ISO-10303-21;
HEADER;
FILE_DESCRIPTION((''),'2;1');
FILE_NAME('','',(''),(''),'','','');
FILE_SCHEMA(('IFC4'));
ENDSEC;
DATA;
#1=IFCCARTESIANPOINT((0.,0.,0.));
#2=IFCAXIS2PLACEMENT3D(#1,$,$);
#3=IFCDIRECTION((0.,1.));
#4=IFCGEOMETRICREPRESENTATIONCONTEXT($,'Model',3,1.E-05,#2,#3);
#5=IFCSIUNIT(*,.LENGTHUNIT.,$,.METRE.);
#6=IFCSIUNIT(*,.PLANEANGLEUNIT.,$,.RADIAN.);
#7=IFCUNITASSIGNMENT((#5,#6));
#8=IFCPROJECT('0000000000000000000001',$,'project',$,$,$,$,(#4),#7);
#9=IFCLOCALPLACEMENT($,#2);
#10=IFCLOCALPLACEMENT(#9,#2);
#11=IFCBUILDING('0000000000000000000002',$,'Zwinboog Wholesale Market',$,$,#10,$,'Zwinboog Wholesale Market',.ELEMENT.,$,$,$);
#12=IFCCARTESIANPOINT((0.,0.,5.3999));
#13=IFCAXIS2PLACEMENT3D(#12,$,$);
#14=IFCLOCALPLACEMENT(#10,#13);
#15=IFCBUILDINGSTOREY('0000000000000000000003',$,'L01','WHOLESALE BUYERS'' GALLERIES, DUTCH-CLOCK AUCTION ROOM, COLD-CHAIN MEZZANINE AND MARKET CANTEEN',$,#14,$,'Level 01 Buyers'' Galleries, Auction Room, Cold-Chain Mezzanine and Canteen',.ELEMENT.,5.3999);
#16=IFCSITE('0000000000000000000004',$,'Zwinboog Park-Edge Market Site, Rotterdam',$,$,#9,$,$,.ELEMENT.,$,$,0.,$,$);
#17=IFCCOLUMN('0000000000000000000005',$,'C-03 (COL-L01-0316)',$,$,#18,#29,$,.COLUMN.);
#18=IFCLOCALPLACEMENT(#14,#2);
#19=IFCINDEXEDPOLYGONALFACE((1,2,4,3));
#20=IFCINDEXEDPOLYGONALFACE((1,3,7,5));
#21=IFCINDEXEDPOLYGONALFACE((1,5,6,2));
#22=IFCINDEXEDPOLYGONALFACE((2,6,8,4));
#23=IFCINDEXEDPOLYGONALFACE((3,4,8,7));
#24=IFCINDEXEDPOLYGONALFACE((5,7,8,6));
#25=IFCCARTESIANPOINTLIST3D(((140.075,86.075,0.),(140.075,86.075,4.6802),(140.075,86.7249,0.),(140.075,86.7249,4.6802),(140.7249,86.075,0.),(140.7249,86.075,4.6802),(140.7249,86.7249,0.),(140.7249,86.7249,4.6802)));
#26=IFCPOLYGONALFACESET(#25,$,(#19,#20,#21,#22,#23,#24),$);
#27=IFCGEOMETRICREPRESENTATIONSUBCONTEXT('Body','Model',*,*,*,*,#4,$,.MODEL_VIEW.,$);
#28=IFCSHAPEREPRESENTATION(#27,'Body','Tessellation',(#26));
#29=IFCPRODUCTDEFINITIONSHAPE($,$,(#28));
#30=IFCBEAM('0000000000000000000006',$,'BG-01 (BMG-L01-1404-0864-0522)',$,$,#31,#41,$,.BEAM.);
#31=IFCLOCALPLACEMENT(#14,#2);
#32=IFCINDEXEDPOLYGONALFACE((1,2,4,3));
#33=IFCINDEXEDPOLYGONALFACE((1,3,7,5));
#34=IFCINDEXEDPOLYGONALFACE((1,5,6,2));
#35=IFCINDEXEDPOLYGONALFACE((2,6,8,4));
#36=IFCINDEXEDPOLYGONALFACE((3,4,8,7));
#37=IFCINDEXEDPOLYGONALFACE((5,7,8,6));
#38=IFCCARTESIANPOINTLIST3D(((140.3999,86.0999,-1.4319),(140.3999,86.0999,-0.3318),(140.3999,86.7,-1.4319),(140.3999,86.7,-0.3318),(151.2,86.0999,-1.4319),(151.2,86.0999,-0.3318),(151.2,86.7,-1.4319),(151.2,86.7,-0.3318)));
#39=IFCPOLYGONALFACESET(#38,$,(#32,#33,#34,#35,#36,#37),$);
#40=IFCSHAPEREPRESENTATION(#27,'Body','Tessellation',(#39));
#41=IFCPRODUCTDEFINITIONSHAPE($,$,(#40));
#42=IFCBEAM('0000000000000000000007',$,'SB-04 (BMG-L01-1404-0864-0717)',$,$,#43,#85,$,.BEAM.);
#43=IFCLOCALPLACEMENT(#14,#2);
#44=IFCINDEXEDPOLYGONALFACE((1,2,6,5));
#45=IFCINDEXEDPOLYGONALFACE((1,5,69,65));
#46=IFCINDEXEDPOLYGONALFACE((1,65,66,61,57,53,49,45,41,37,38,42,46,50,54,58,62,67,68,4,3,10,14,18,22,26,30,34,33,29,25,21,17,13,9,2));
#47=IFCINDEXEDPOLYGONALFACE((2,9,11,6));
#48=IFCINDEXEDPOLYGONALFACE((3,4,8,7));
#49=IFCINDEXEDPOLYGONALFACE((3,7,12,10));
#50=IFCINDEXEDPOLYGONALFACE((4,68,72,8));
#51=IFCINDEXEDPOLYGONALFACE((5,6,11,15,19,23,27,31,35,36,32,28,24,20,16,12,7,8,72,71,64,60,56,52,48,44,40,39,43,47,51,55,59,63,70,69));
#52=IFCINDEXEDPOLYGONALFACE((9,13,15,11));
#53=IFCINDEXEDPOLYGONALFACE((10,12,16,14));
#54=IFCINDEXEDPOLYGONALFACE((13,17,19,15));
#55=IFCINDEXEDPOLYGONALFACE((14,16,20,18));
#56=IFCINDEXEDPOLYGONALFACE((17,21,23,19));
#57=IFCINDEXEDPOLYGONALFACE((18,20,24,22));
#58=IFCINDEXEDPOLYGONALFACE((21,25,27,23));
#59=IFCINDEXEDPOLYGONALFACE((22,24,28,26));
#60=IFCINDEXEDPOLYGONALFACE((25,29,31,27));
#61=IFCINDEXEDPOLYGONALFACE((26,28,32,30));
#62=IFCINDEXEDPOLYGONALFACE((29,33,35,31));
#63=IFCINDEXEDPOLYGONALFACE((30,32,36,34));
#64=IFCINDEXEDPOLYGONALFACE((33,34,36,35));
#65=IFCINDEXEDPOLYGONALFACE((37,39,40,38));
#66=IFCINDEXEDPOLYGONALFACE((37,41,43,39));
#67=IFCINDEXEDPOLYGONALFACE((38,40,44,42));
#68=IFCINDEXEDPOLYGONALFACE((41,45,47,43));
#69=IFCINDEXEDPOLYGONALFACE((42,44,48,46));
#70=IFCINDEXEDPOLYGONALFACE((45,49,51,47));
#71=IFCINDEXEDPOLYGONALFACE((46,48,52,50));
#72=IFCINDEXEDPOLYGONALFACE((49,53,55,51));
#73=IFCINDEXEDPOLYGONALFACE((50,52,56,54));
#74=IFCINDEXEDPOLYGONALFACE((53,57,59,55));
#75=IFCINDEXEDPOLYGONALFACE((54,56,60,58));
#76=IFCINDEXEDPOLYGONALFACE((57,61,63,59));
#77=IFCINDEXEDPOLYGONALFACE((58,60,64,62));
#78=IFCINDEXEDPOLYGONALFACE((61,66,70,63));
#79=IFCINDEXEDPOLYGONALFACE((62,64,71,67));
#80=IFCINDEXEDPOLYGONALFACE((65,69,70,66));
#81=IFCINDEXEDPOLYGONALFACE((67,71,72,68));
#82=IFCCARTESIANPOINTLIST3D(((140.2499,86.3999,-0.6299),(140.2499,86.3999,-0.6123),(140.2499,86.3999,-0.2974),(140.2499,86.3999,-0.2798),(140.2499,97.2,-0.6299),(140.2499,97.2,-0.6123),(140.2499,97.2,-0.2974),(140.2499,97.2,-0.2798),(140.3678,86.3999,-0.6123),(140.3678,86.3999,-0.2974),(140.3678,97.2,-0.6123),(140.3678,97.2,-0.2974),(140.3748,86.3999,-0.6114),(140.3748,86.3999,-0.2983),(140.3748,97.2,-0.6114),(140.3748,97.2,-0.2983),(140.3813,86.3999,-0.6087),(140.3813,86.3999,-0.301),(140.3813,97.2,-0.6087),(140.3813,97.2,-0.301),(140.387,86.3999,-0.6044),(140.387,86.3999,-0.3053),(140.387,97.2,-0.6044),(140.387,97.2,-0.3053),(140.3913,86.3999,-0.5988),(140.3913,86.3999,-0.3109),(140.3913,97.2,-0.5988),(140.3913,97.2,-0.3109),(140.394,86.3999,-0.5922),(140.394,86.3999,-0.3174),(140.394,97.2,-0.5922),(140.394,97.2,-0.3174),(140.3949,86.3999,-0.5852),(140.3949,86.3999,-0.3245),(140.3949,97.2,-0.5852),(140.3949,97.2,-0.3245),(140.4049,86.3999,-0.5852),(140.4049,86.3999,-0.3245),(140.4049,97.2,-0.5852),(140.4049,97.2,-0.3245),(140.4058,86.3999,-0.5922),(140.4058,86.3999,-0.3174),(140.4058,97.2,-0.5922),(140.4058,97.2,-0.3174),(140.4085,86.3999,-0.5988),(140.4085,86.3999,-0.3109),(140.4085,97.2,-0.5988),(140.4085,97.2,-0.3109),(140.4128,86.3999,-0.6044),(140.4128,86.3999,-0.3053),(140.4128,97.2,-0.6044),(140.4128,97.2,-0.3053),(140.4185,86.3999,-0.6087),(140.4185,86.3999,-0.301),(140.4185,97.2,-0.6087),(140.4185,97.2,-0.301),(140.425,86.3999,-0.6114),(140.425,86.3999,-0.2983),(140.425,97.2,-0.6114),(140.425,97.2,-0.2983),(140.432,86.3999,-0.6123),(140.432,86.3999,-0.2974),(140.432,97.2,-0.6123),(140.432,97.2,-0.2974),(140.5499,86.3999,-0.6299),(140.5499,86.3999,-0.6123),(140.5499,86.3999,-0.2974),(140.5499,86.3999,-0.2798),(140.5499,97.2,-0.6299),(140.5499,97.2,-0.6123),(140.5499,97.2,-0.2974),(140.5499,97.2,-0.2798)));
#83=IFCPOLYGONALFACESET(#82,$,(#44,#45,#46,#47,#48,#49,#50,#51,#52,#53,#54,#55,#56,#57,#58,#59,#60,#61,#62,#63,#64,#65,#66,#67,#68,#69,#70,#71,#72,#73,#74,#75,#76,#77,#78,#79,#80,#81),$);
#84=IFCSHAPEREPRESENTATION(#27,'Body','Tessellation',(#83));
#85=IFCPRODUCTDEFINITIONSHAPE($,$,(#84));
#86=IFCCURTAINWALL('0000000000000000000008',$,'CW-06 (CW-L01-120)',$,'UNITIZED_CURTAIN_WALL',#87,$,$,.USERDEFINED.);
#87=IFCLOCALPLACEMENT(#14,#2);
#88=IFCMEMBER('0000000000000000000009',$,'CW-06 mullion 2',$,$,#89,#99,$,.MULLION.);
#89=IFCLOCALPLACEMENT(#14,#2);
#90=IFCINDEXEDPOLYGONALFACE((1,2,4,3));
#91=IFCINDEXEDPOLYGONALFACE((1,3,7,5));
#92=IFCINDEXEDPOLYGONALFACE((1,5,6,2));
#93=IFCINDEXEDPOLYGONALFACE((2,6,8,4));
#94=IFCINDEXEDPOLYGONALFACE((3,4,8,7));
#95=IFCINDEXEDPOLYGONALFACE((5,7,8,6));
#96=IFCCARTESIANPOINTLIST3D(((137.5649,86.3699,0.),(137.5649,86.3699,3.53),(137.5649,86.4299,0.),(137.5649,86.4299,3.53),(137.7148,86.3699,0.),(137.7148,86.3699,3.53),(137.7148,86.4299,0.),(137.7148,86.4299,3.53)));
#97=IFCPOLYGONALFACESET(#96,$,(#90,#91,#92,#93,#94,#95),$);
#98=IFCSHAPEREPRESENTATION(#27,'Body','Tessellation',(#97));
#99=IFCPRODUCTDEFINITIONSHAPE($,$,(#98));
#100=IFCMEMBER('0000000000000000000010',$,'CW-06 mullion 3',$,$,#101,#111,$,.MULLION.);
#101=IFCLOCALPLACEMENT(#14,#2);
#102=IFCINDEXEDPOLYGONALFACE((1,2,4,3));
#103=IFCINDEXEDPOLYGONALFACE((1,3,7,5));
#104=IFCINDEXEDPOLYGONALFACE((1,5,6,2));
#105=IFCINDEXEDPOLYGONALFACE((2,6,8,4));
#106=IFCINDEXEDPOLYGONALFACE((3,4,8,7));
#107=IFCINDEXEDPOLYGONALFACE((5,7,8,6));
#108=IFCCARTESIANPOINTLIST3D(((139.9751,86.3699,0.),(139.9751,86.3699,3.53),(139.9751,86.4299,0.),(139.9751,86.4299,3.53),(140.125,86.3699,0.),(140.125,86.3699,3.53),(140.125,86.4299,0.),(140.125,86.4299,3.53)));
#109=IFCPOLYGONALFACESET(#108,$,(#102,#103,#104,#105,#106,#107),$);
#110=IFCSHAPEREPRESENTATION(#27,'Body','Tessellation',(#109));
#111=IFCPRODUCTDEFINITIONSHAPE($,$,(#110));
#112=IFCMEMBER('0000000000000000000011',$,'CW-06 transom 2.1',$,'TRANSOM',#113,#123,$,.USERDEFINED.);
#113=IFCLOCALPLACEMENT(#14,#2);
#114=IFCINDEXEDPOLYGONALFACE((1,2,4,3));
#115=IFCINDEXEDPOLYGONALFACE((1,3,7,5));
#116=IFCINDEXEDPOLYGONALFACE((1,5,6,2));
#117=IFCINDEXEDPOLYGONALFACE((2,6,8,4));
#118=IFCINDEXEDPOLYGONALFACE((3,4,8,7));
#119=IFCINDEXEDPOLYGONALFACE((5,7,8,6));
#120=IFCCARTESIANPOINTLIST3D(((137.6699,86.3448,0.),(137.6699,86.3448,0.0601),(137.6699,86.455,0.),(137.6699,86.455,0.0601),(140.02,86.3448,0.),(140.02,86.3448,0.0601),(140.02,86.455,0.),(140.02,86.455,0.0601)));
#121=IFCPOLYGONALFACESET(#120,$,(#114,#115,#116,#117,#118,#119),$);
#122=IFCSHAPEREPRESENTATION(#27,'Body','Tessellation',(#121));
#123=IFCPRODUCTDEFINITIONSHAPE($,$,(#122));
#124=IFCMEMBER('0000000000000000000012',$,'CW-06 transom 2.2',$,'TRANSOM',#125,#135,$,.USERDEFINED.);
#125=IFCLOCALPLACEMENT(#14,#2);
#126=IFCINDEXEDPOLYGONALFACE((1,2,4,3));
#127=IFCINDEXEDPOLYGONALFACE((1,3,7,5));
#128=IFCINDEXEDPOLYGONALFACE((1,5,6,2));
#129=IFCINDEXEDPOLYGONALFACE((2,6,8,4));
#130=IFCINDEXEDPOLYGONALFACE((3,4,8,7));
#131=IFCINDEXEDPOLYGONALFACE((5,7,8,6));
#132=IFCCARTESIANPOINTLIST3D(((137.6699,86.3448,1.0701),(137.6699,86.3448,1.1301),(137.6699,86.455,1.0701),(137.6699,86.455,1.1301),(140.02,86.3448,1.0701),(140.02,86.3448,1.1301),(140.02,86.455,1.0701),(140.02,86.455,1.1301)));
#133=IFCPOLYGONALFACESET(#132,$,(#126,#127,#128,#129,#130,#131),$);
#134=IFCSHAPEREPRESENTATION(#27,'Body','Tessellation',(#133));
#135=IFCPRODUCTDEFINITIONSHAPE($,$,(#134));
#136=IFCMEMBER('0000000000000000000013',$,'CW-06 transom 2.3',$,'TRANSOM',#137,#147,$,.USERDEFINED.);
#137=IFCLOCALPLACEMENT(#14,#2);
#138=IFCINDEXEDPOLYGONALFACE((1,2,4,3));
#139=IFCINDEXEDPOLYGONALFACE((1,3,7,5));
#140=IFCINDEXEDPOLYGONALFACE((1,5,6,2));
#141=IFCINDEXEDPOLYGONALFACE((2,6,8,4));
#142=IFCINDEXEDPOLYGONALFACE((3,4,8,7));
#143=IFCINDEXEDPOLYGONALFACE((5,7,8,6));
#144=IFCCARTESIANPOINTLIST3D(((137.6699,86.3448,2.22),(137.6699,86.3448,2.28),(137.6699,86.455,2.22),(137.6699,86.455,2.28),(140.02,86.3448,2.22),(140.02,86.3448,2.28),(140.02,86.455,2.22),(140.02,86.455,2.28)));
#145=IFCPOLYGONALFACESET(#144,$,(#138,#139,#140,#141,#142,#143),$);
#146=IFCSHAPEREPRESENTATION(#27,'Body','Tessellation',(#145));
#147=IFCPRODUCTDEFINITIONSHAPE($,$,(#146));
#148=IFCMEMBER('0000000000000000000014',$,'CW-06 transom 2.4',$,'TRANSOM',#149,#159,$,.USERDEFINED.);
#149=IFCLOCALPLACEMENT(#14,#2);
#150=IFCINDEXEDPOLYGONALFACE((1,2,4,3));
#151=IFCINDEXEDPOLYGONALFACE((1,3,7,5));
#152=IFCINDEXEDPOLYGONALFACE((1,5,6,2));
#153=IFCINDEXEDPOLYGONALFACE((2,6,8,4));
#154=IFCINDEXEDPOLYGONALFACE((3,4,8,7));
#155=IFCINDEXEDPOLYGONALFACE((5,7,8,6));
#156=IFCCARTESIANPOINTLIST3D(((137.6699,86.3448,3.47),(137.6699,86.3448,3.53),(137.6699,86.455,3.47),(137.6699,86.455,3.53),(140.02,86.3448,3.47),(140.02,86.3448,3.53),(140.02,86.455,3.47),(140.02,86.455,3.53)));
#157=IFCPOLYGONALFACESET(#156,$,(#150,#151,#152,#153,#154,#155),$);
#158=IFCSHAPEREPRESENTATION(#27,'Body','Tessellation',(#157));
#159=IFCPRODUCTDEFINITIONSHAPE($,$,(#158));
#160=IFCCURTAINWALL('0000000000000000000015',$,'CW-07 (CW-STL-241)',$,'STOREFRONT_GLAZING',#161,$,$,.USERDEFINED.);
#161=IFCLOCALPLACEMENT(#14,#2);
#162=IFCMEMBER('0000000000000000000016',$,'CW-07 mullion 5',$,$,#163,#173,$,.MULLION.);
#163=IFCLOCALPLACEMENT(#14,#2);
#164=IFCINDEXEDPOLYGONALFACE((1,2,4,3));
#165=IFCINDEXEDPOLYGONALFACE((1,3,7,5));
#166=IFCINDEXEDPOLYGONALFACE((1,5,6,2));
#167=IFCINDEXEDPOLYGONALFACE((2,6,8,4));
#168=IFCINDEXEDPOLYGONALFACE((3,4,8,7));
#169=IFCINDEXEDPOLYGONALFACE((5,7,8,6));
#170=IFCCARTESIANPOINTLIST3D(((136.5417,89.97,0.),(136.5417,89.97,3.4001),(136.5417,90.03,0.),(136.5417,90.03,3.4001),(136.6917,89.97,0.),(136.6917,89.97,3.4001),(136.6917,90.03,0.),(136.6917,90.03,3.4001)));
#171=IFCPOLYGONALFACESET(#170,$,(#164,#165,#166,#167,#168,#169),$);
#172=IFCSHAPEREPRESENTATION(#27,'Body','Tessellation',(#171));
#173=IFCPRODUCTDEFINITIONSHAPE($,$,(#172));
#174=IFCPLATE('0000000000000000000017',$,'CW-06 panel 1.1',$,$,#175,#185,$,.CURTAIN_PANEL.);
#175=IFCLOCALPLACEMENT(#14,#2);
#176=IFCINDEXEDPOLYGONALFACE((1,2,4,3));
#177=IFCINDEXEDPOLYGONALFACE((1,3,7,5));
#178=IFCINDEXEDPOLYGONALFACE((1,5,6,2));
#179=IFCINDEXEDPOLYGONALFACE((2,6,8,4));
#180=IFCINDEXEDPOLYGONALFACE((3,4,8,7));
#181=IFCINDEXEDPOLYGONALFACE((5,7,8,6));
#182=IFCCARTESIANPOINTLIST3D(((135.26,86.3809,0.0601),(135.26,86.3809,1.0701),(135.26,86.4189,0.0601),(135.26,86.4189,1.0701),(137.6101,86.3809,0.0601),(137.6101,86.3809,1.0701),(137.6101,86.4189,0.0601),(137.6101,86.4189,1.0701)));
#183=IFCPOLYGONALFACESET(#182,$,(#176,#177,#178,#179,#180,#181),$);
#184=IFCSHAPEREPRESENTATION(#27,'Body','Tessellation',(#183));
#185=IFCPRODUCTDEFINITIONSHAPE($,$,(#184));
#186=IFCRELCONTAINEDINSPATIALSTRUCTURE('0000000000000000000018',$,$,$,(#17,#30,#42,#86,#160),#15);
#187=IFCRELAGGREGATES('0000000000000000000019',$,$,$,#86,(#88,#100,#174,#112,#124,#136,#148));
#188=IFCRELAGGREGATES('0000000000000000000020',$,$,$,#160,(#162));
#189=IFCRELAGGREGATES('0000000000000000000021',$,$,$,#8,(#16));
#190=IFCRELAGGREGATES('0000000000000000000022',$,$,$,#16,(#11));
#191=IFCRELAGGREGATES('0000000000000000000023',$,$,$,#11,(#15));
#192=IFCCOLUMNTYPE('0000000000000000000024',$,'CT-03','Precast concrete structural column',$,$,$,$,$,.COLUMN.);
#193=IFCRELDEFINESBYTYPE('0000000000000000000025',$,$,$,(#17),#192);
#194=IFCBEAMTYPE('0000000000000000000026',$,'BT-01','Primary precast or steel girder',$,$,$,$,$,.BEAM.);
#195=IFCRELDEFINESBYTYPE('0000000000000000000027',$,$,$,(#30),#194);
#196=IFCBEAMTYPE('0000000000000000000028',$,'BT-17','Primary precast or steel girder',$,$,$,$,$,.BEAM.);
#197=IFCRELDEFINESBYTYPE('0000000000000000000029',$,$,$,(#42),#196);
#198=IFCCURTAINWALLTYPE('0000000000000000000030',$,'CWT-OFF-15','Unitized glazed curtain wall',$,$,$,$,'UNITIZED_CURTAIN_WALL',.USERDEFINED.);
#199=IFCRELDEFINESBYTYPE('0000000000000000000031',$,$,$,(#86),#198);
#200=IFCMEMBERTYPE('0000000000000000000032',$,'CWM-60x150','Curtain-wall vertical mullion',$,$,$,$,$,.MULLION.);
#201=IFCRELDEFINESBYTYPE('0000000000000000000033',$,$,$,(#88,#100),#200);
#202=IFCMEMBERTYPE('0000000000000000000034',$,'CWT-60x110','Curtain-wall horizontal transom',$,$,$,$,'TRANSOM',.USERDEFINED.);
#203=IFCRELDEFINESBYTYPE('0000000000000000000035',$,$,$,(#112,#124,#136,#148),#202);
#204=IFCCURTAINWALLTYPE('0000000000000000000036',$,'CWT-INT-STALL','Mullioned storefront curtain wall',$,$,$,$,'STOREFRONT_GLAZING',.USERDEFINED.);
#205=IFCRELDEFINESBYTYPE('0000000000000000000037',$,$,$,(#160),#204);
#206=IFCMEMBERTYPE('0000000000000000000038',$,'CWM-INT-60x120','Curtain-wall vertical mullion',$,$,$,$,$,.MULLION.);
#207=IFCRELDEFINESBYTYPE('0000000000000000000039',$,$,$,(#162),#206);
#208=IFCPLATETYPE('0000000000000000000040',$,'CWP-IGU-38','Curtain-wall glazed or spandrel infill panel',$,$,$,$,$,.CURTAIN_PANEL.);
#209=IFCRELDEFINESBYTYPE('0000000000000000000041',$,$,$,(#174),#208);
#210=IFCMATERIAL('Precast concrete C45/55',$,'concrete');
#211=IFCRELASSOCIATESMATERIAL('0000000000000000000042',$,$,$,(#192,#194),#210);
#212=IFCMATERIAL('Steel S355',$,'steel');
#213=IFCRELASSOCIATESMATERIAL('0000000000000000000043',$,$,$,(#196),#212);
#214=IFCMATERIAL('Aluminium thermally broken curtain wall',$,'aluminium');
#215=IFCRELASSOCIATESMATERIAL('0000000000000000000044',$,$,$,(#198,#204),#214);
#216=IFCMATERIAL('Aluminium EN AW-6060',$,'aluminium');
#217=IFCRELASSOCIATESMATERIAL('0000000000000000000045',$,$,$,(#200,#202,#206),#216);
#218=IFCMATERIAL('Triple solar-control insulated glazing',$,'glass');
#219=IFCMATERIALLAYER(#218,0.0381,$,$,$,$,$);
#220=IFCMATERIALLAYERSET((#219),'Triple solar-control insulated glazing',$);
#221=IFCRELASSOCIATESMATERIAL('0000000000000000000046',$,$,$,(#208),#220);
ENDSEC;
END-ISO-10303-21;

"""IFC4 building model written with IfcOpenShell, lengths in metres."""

from ifc_helpers import new_model, si_unit, direction, frame, origin, origin_2d, place, context, subcontext, project, spatial, rectangle, i_section, extrude, material, layer, layer_set, material_profile, profile_set, type_object, element, aggregate, save


model = new_model("IFC4")

# Units and contexts
model_context = context("Model", 3, precision=1e-05, world=origin(), true_north=direction((0.0, 1.0)))
body_context = subcontext(model_context, "Body", "Model", "MODEL_VIEW")
ifc_project = project(units=[si_unit("LENGTHUNIT", "METRE"), si_unit("PLANEANGLEUNIT", "RADIAN")], contexts=[model_context])

# Site, building, storey
site_placement = place(None, origin())
site = spatial("IfcSite", under=ifc_project, at=site_placement, Name="Zwinboog Park-Edge Market Site, Rotterdam", CompositionType="ELEMENT", RefElevation=0.0)
building_placement = place(site_placement, origin())
building = spatial("IfcBuilding", under=site, at=building_placement, Name="Zwinboog Wholesale Market", LongName="Zwinboog Wholesale Market", CompositionType="ELEMENT")
storey_placement = place(building_placement, frame((0.0, 0.0, 5.3999)))
storey = spatial("IfcBuildingStorey", under=building, at=storey_placement, Name="L01", Description="WHOLESALE BUYERS' GALLERIES, DUTCH-CLOCK AUCTION ROOM, COLD-CHAIN MEZZANINE AND MARKET CANTEEN", LongName="Level 01 Buyers' Galleries, Auction Room, Cold-Chain Mezzanine and Canteen", CompositionType="ELEMENT", Elevation=5.3999)

# Column
ifc_material_1 = material(Name="Precast concrete C45/55", Category="concrete")
ifc_material_profile_1 = material_profile(ifc_material_1, rectangle(XDim=0.6499, YDim=0.6499, at=origin_2d()), Name="PC 650x650")
ifc_profile_set_1 = profile_set([ifc_material_profile_1], Name="Precast concrete C45/55")
column_type = type_object("IfcColumnType", Name="CT-03", Description="Precast concrete structural column", PredefinedType="COLUMN", material=ifc_profile_set_1)
column_placement = place(storey_placement, frame((140.3999, 86.3999, 0.0), z_axis=(0.0, 0.0, 1.0), x_axis=(1.0, 0.0, 0.0)))
element("IfcColumn", 1, at=column_placement, inside=storey, type_object=column_type, Name="C-03 (COL-L01-0316)", PredefinedType="COLUMN", context=body_context, shape_type="SweptSolid", body=[
    extrude(rectangle(XDim=0.6499, YDim=0.6499, at=origin_2d()), origin(), (0.0, 0.0, 1.0), 4.6802),
])

# Beams
ifc_material_profile_2 = material_profile(ifc_material_1, rectangle(XDim=0.6001, YDim=1.1001, at=origin_2d()), Name="PC 600x1100")
ifc_profile_set_2 = profile_set([ifc_material_profile_2], Name="Precast concrete C45/55")
beam_type_1 = type_object("IfcBeamType", Name="BT-01", Description="Primary precast or steel girder", PredefinedType="BEAM", material=ifc_profile_set_2)
beam_1_placement = place(storey_placement, frame((140.3999, 86.3999, -0.8818), z_axis=(1.0, 0.0, 0.0), x_axis=(0.0, 1.0, 0.0)))
element("IfcBeam", 2, at=beam_1_placement, inside=storey, type_object=beam_type_1, Name="BG-01 (BMG-L01-1404-0864-0522)", PredefinedType="BEAM", context=body_context, shape_type="SweptSolid", body=[
    extrude(rectangle(XDim=0.6001, YDim=1.1001, at=origin_2d()), origin(), (0.0, 0.0, 1.0), 10.8),
])
ifc_material_2 = material(Name="Steel S355", Category="steel")
ifc_material_profile_3 = material_profile(ifc_material_2, i_section(OverallWidth=0.3, OverallDepth=0.3501, WebThickness=0.01, FlangeThickness=0.0176, FilletRadius=0.0271, at=origin_2d()), Name="HEA 360")
ifc_profile_set_3 = profile_set([ifc_material_profile_3], Name="Steel S355")
beam_type_2 = type_object("IfcBeamType", Name="BT-17", Description="Primary precast or steel girder", PredefinedType="BEAM", material=ifc_profile_set_3)
beam_2_placement = place(storey_placement, frame((140.3999, 86.3999, -0.4548), z_axis=(0.0, 1.0, 0.0), x_axis=(-1.0, 0.0, 0.0)))
element("IfcBeam", 3, at=beam_2_placement, inside=storey, type_object=beam_type_2, Name="SB-04 (BMG-L01-1404-0864-0717)", PredefinedType="BEAM", context=body_context, shape_type="SweptSolid", body=[
    extrude(i_section(OverallWidth=0.3, OverallDepth=0.3501, WebThickness=0.01, FlangeThickness=0.0176, FilletRadius=0.0271, at=origin_2d()), origin(), (0.0, 0.0, 1.0), 10.8),
])

# Curtain wall, members
ifc_material_3 = material(Name="Aluminium thermally broken curtain wall", Category="aluminium")
curtain_wall_type_1 = type_object("IfcCurtainWallType", Name="CWT-OFF-15", Description="Unitized glazed curtain wall", ElementType="UNITIZED_CURTAIN_WALL", PredefinedType="USERDEFINED", material=ifc_material_3)
curtain_wall_1_placement = place(storey_placement, origin())
curtain_wall_1 = element("IfcCurtainWall", 4, at=curtain_wall_1_placement, inside=storey, type_object=curtain_wall_type_1, Name="CW-06 (CW-L01-120)", ObjectType="UNITIZED_CURTAIN_WALL", PredefinedType="USERDEFINED")
ifc_material_4 = material(Name="Aluminium EN AW-6060", Category="aluminium")
ifc_material_profile_4 = material_profile(ifc_material_4, rectangle(XDim=0.0601, YDim=0.1499, at=origin_2d()), Name="AL 60x150")
ifc_profile_set_4 = profile_set([ifc_material_profile_4], Name="Aluminium EN AW-6060")
member_type_1 = type_object("IfcMemberType", Name="CWM-60x150", Description="Curtain-wall vertical mullion", PredefinedType="MULLION", material=ifc_profile_set_4)
member_1_placement = place(storey_placement, frame((137.6399, 86.3999, 0.0), z_axis=(0.0, 0.0, 1.0), x_axis=(0.0, 1.0, 0.0)))
member_1 = element("IfcMember", 5, at=member_1_placement, type_object=member_type_1, Name="CW-06 mullion 2", PredefinedType="MULLION", context=body_context, shape_type="SweptSolid", body=[
    extrude(rectangle(XDim=0.0601, YDim=0.1499, at=origin_2d()), origin(), (0.0, 0.0, 1.0), 3.53),
])
member_2_placement = place(storey_placement, frame((140.05, 86.3999, 0.0), z_axis=(0.0, 0.0, 1.0), x_axis=(0.0, 1.0, 0.0)))
member_2 = element("IfcMember", 6, at=member_2_placement, type_object=member_type_1, Name="CW-06 mullion 3", PredefinedType="MULLION", context=body_context, shape_type="SweptSolid", body=[
    extrude(rectangle(XDim=0.0601, YDim=0.1499, at=origin_2d()), origin(), (0.0, 0.0, 1.0), 3.53),
])
ifc_material_profile_5 = material_profile(ifc_material_4, rectangle(XDim=0.1101, YDim=0.0601, at=origin_2d()), Name="AL 60x110")
ifc_profile_set_5 = profile_set([ifc_material_profile_5], Name="Aluminium EN AW-6060")
member_type_2 = type_object("IfcMemberType", Name="CWT-60x110", Description="Curtain-wall horizontal transom", ElementType="TRANSOM", PredefinedType="USERDEFINED", material=ifc_profile_set_5)
member_3_placement = place(storey_placement, frame((137.6699, 86.3999, 0.03), z_axis=(1.0, 0.0, 0.0), x_axis=(0.0, 1.0, 0.0)))
member_3 = element("IfcMember", 7, at=member_3_placement, type_object=member_type_2, Name="CW-06 transom 2.1", ObjectType="TRANSOM", PredefinedType="USERDEFINED", context=body_context, shape_type="SweptSolid", body=[
    extrude(rectangle(XDim=0.1101, YDim=0.0601, at=origin_2d()), origin(), (0.0, 0.0, 1.0), 2.3501),
])
member_4_placement = place(storey_placement, frame((137.6699, 86.3999, 1.1001), z_axis=(1.0, 0.0, 0.0), x_axis=(0.0, 1.0, 0.0)))
member_4 = element("IfcMember", 8, at=member_4_placement, type_object=member_type_2, Name="CW-06 transom 2.2", ObjectType="TRANSOM", PredefinedType="USERDEFINED", context=body_context, shape_type="SweptSolid", body=[
    extrude(rectangle(XDim=0.1101, YDim=0.0601, at=origin_2d()), origin(), (0.0, 0.0, 1.0), 2.3501),
])
member_5_placement = place(storey_placement, frame((137.6699, 86.3999, 2.25), z_axis=(1.0, 0.0, 0.0), x_axis=(0.0, 1.0, 0.0)))
member_5 = element("IfcMember", 9, at=member_5_placement, type_object=member_type_2, Name="CW-06 transom 2.3", ObjectType="TRANSOM", PredefinedType="USERDEFINED", context=body_context, shape_type="SweptSolid", body=[
    extrude(rectangle(XDim=0.1101, YDim=0.0601, at=origin_2d()), origin(), (0.0, 0.0, 1.0), 2.3501),
])
member_6_placement = place(storey_placement, frame((137.6699, 86.3999, 3.5), z_axis=(1.0, 0.0, 0.0), x_axis=(0.0, 1.0, 0.0)))
member_6 = element("IfcMember", 10, at=member_6_placement, type_object=member_type_2, Name="CW-06 transom 2.4", ObjectType="TRANSOM", PredefinedType="USERDEFINED", context=body_context, shape_type="SweptSolid", body=[
    extrude(rectangle(XDim=0.1101, YDim=0.0601, at=origin_2d()), origin(), (0.0, 0.0, 1.0), 2.3501),
])

# Curtain wall, member
curtain_wall_type_2 = type_object("IfcCurtainWallType", Name="CWT-INT-STALL", Description="Mullioned storefront curtain wall", ElementType="STOREFRONT_GLAZING", PredefinedType="USERDEFINED", material=ifc_material_3)
curtain_wall_2_placement = place(storey_placement, origin())
curtain_wall_2 = element("IfcCurtainWall", 11, at=curtain_wall_2_placement, inside=storey, type_object=curtain_wall_type_2, Name="CW-07 (CW-STL-241)", ObjectType="STOREFRONT_GLAZING", PredefinedType="USERDEFINED")
ifc_material_profile_6 = material_profile(ifc_material_4, rectangle(XDim=0.0601, YDim=0.1499, at=origin_2d()), Name="AL 60x150")
ifc_profile_set_6 = profile_set([ifc_material_profile_6], Name="Aluminium EN AW-6060")
member_type_3 = type_object("IfcMemberType", Name="CWM-INT-60x120", Description="Curtain-wall vertical mullion", PredefinedType="MULLION", material=ifc_profile_set_6)
member_7_placement = place(storey_placement, frame((136.6167, 90.0, 0.0), z_axis=(0.0, 0.0, 1.0), x_axis=(0.0, 1.0, 0.0)))
member_7 = element("IfcMember", 12, at=member_7_placement, type_object=member_type_3, Name="CW-07 mullion 5", PredefinedType="MULLION", context=body_context, shape_type="SweptSolid", body=[
    extrude(rectangle(XDim=0.0601, YDim=0.1499, at=origin_2d()), origin(), (0.0, 0.0, 1.0), 3.4001),
])

# Plate
ifc_material_5 = material(Name="Triple solar-control insulated glazing", Category="glass")
ifc_layer_1 = layer(ifc_material_5, 0.0381)
ifc_layer_set_1 = layer_set([ifc_layer_1], Name="Triple solar-control insulated glazing")
plate_type_1 = type_object("IfcPlateType", Name="CWP-IGU-38", Description="Curtain-wall glazed or spandrel infill panel", PredefinedType="CURTAIN_PANEL", material=ifc_layer_set_1)
plate_1_placement = place(storey_placement, frame((136.4351, 86.3999, 0.0601), z_axis=(0.0, 0.0, 1.0), x_axis=(1.0, 0.0, 0.0)))
plate_1 = element("IfcPlate", 13, at=plate_1_placement, type_object=plate_type_1, Name="CW-06 panel 1.1", PredefinedType="CURTAIN_PANEL", context=body_context, shape_type="SweptSolid", body=[
    extrude(rectangle(XDim=2.3501, YDim=0.0381, at=origin_2d()), origin(), (0.0, 0.0, 1.0), 1.01),
])
aggregate(curtain_wall_1, [member_1, member_2, plate_1, member_3, member_4, member_5, member_6])
aggregate(curtain_wall_2, [member_7])

save(model, "model.ifc")
